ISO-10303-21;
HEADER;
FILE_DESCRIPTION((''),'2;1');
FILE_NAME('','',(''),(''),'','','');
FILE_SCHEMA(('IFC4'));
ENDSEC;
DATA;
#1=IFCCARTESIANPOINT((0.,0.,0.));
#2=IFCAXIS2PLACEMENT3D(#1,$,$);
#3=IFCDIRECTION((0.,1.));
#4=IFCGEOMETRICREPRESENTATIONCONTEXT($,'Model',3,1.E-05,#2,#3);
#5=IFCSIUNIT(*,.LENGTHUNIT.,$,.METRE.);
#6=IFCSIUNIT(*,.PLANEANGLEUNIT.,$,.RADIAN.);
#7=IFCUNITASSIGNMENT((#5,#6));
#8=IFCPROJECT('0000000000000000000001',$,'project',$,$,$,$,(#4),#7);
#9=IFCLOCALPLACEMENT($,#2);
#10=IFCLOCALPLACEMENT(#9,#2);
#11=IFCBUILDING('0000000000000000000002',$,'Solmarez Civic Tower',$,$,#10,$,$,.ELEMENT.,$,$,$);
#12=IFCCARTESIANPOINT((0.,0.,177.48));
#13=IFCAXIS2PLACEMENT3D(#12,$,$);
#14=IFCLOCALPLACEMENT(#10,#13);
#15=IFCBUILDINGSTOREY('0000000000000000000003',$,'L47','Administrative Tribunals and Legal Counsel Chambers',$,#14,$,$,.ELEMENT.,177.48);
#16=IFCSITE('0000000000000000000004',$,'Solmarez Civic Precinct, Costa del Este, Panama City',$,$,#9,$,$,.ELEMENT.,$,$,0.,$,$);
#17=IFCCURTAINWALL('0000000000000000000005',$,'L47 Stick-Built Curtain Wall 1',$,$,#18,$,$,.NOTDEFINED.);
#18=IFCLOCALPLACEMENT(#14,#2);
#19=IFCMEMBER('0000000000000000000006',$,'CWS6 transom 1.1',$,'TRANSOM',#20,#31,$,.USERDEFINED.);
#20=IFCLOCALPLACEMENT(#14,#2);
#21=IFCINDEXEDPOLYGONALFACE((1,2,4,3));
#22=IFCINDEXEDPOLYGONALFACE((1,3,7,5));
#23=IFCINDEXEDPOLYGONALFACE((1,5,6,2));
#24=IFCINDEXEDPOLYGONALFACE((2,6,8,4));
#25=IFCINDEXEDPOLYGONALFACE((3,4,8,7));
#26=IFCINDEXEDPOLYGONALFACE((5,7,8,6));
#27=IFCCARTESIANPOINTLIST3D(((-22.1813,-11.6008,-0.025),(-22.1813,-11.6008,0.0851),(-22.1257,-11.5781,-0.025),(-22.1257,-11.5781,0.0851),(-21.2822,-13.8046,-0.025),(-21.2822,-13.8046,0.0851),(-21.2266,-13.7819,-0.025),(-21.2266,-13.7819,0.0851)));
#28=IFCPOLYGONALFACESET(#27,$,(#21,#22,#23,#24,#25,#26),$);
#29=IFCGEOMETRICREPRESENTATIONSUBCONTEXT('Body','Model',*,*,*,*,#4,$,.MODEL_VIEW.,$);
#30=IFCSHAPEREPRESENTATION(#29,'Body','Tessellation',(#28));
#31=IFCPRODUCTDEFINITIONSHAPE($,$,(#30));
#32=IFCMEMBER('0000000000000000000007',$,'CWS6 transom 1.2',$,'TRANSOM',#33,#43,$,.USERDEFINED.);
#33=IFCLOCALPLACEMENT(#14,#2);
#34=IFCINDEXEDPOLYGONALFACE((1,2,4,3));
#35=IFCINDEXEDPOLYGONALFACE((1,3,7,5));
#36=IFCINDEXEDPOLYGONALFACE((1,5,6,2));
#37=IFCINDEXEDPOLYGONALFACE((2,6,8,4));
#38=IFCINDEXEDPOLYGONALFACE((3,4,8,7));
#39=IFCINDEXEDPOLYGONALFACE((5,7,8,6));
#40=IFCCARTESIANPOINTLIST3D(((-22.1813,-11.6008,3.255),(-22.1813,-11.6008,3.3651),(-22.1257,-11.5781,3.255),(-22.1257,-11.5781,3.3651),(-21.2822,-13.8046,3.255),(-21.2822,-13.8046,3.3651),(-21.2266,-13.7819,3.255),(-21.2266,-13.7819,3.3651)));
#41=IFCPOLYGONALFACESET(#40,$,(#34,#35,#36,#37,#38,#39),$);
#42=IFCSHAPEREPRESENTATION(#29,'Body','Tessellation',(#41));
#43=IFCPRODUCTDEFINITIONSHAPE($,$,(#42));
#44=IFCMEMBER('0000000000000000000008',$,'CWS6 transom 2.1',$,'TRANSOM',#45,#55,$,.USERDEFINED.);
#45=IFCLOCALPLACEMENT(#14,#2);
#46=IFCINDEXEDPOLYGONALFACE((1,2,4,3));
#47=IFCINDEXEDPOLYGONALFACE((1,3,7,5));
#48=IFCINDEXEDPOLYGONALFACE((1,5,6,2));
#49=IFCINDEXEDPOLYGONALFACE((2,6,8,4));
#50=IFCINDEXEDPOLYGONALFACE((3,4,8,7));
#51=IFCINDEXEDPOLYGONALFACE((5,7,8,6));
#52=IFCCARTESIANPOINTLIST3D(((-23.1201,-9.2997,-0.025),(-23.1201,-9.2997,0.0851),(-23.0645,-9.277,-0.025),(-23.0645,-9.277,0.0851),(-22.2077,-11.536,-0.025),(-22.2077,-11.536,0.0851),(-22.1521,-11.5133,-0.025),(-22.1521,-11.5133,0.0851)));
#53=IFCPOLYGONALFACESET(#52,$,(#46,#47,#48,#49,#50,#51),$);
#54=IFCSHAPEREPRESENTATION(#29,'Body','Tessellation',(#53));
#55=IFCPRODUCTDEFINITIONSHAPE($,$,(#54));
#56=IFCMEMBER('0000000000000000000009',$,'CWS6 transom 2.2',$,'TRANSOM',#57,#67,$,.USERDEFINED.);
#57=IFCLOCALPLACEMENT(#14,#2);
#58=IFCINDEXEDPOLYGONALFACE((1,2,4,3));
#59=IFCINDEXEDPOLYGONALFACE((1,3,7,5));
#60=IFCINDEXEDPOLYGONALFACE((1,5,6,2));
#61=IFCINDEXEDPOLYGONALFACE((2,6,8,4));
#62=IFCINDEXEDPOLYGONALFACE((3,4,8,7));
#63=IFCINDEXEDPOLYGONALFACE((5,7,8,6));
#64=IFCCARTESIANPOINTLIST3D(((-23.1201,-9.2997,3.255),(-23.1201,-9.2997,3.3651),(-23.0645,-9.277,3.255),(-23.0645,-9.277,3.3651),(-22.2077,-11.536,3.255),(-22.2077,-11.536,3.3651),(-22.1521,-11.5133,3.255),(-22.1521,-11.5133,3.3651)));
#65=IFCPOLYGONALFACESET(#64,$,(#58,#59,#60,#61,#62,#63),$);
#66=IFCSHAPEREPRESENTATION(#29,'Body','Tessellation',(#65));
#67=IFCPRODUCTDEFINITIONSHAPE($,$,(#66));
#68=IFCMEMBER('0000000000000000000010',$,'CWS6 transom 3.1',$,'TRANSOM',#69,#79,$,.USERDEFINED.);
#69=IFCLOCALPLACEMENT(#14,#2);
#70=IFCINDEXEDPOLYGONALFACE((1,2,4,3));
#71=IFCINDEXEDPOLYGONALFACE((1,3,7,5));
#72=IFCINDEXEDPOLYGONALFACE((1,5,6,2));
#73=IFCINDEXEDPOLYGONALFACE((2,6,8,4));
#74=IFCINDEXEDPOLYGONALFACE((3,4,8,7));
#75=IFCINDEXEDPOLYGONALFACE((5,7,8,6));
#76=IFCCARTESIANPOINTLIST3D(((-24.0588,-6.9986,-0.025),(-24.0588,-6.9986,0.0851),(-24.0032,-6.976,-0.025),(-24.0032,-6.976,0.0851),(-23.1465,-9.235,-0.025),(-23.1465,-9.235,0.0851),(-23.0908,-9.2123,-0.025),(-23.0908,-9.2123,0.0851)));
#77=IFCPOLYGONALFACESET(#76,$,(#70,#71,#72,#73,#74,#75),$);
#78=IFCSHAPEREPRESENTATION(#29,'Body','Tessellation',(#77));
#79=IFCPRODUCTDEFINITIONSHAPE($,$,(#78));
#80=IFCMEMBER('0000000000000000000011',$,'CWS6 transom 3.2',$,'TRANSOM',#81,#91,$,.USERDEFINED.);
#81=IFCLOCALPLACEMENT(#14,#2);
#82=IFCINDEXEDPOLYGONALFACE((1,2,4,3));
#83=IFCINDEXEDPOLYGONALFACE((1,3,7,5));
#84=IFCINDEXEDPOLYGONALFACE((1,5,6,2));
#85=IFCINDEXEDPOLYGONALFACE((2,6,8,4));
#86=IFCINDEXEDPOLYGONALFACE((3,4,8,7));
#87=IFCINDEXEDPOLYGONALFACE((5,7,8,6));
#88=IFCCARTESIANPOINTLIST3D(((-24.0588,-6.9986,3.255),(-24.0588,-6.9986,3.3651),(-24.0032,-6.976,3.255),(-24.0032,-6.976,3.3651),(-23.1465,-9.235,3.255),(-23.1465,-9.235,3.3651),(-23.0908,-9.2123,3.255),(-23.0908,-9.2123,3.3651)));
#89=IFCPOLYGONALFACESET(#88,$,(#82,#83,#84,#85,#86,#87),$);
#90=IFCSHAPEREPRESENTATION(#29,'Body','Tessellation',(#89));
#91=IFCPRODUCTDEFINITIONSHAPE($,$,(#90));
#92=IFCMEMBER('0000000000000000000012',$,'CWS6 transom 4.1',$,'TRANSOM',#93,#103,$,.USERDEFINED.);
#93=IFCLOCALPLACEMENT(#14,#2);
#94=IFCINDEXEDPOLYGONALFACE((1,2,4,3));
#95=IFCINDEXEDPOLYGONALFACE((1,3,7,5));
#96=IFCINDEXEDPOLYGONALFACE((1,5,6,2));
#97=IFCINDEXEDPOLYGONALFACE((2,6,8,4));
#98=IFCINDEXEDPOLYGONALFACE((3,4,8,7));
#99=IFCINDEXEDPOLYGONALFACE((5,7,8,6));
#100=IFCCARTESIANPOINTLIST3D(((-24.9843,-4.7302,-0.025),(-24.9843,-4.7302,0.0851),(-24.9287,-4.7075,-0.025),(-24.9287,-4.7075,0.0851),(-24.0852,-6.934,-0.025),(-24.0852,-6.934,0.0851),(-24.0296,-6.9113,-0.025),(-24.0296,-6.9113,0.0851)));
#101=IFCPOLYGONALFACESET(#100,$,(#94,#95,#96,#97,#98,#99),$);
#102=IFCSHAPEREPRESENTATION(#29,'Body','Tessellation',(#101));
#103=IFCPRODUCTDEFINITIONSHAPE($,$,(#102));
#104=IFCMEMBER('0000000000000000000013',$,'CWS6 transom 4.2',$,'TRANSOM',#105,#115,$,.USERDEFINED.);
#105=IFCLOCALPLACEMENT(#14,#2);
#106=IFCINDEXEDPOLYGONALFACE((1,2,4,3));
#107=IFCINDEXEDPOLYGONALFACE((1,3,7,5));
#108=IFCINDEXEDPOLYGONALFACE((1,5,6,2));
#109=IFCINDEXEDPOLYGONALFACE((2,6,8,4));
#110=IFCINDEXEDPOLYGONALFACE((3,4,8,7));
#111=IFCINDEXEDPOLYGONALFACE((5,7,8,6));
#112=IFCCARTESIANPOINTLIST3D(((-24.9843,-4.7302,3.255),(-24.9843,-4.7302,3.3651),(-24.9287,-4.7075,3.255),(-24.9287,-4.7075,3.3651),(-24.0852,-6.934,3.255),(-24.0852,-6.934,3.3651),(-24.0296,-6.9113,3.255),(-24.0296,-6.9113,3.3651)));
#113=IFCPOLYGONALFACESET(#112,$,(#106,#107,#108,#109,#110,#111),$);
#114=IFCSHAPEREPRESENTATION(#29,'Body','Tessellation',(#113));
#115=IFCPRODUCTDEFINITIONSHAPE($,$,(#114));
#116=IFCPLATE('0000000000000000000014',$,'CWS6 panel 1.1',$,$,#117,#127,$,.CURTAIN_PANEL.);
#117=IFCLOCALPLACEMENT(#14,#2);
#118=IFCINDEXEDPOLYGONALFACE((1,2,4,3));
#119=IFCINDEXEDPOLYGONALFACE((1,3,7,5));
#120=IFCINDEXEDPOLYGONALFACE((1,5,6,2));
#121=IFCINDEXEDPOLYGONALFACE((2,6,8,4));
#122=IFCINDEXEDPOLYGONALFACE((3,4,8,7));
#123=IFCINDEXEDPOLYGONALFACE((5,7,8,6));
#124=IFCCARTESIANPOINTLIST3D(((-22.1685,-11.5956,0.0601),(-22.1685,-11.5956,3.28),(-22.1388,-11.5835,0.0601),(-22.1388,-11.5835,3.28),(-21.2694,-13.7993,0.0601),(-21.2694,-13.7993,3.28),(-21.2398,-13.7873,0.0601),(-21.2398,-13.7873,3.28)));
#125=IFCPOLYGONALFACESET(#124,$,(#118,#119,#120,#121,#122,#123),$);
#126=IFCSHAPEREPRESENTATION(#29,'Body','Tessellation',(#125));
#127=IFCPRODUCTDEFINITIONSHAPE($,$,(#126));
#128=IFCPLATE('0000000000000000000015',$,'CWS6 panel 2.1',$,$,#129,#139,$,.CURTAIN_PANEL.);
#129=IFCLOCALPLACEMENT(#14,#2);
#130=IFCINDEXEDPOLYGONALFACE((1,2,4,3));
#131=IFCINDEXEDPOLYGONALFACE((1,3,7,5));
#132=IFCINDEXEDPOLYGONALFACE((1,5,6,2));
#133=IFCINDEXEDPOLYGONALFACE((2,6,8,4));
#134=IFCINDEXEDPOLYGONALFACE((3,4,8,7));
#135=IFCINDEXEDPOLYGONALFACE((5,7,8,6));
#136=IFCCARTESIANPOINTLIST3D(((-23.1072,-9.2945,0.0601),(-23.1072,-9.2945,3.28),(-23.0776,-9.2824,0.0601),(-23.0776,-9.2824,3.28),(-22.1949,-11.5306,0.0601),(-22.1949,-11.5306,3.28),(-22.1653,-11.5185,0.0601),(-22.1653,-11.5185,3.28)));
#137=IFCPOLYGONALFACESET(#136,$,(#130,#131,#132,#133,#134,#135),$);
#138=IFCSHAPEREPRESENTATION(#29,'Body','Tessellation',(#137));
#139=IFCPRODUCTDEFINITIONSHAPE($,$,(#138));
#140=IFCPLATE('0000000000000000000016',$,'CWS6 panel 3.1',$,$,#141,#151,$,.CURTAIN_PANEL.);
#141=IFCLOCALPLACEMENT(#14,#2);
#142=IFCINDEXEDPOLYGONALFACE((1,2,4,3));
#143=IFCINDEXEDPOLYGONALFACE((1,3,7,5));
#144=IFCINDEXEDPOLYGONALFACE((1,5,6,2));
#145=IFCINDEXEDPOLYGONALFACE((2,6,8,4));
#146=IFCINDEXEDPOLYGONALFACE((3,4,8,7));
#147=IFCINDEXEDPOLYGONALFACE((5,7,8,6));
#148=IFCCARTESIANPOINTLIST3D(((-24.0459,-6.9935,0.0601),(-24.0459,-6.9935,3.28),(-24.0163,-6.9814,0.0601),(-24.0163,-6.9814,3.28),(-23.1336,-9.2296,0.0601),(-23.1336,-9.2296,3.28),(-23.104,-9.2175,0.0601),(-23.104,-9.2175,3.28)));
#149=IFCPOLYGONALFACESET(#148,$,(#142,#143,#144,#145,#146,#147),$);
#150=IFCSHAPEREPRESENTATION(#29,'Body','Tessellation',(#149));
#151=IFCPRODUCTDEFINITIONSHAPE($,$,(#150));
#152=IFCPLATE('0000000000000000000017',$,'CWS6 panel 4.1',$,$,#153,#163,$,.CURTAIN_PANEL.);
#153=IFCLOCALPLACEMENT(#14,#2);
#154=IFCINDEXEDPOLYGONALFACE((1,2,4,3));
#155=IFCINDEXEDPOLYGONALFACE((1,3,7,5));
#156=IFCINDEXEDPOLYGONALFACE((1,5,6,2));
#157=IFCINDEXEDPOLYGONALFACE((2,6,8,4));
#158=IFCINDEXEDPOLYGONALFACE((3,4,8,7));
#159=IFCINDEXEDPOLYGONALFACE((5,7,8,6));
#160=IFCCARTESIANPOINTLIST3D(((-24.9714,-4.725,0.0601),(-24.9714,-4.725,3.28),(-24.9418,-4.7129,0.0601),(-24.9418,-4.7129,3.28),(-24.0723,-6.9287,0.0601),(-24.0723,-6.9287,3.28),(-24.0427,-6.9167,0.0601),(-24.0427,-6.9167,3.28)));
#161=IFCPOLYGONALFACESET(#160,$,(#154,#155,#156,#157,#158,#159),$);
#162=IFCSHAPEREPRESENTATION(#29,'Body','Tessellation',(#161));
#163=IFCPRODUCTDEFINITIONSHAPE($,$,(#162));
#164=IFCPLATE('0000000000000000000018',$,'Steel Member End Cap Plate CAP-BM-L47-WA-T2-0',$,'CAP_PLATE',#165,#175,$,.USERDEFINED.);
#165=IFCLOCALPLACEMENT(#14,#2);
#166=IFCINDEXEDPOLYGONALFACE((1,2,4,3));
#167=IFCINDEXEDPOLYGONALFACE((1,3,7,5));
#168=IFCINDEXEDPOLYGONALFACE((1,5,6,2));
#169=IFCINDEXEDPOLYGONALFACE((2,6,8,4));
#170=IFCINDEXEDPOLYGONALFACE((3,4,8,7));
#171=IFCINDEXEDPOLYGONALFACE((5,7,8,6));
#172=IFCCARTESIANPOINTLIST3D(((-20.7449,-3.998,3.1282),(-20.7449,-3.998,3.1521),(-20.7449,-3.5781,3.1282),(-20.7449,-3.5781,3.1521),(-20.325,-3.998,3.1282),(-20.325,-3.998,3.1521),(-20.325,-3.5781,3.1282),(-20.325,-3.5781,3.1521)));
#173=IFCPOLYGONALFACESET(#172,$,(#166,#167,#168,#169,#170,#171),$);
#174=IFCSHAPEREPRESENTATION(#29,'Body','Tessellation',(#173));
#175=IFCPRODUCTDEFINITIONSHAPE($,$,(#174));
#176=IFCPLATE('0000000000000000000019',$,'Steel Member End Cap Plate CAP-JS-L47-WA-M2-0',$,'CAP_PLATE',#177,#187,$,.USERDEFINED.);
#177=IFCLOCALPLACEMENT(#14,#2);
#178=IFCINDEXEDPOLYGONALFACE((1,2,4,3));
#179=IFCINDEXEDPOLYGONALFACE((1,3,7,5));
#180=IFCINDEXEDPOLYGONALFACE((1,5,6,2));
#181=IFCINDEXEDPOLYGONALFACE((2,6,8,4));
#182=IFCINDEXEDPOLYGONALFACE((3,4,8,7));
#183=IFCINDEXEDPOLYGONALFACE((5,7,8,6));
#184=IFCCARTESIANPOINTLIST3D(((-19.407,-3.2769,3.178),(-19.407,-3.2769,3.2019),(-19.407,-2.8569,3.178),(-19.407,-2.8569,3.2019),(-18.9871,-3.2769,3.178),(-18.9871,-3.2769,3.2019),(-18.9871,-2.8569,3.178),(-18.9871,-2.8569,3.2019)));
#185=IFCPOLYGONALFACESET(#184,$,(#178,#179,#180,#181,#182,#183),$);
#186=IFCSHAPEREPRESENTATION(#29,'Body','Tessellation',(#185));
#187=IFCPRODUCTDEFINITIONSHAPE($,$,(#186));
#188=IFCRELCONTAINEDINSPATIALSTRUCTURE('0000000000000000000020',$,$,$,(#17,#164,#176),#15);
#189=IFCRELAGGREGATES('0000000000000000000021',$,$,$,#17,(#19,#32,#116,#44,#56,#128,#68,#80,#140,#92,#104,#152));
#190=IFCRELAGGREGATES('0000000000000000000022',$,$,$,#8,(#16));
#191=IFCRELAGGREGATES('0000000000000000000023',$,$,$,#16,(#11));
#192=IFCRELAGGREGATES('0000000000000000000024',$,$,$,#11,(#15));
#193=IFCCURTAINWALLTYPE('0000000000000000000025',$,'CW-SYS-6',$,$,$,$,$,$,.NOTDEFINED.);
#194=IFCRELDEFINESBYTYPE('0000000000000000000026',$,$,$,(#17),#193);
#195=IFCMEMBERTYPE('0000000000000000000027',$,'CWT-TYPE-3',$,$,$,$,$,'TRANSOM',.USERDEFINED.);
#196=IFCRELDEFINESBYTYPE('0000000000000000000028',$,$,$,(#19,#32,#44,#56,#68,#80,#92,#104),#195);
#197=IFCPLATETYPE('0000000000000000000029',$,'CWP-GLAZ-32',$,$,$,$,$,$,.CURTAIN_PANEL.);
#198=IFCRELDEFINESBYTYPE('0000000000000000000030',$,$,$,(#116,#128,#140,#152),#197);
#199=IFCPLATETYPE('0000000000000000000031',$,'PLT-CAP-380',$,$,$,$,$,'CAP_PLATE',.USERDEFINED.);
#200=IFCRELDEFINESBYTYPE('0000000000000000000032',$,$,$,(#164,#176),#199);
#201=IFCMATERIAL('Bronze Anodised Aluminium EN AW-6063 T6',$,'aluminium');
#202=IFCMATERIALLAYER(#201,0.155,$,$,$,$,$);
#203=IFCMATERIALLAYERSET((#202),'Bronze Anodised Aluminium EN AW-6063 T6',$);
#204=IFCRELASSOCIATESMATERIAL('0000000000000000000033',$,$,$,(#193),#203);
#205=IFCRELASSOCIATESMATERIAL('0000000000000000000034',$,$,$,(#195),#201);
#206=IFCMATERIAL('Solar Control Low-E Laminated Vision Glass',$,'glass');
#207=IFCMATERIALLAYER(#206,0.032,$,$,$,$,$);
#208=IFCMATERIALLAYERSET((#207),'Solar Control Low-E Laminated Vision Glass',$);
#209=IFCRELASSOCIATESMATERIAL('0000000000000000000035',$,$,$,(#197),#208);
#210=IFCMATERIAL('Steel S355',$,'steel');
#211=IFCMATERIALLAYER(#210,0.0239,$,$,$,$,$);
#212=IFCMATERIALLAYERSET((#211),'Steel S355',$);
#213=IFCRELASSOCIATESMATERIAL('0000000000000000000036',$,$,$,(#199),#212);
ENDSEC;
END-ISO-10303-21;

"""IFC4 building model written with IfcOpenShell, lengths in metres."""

from ifc_helpers import new_model, si_unit, direction, frame, origin, origin_2d, place, context, subcontext, project, spatial, rectangle, extrude, material, layer, layer_set, material_profile, profile_set, type_object, element, aggregate, save


model = new_model("IFC4")

# Units and contexts
model_context = context("Model", 3, precision=1e-05, world=origin(), true_north=direction((0.0, 1.0)))
body_context = subcontext(model_context, "Body", "Model", "MODEL_VIEW")
ifc_project = project(units=[si_unit("LENGTHUNIT", "METRE"), si_unit("PLANEANGLEUNIT", "RADIAN")], contexts=[model_context])

# Site, building, storey
site_placement = place(None, origin())
site = spatial("IfcSite", under=ifc_project, at=site_placement, Name="Solmarez Civic Precinct, Costa del Este, Panama City", CompositionType="ELEMENT", RefElevation=0.0)
building_placement = place(site_placement, origin())
building = spatial("IfcBuilding", under=site, at=building_placement, Name="Solmarez Civic Tower", CompositionType="ELEMENT")
storey_placement = place(building_placement, frame((0.0, 0.0, 177.48)))
storey = spatial("IfcBuildingStorey", under=building, at=storey_placement, Name="L47", Description="Administrative Tribunals and Legal Counsel Chambers", CompositionType="ELEMENT", Elevation=177.48)

# Shared definitions
ifc_material_1 = material(Name="Steel S355", Category="steel")

# Curtain wall, members, plates
ifc_material_2 = material(Name="Bronze Anodised Aluminium EN AW-6063 T6", Category="aluminium")
ifc_layer_1 = layer(ifc_material_2, 0.155)
ifc_layer_set_1 = layer_set([ifc_layer_1], Name="Bronze Anodised Aluminium EN AW-6063 T6")
curtain_wall_type = type_object("IfcCurtainWallType", Name="CW-SYS-6", PredefinedType="NOTDEFINED", material=ifc_layer_set_1)
curtain_wall_placement = place(storey_placement, origin())
curtain_wall = element("IfcCurtainWall", 1, at=curtain_wall_placement, inside=storey, type_object=curtain_wall_type, Name="L47 Stick-Built Curtain Wall 1", PredefinedType="NOTDEFINED")
ifc_material_profile_1 = material_profile(ifc_material_2, rectangle(XDim=0.0601, YDim=0.1101, at=origin_2d()), Name="CWT-60X110")
ifc_profile_set_1 = profile_set([ifc_material_profile_1], Name="Bronze Anodised Aluminium EN AW-6063 T6")
member_type_1 = type_object("IfcMemberType", Name="CWT-TYPE-3", ElementType="TRANSOM", PredefinedType="USERDEFINED", material=ifc_profile_set_1)
member_1_placement = place(storey_placement, frame((-21.2544, -13.7932, 0.03), z_axis=(-0.377766, 0.925901, 0.0), x_axis=(-0.925901, -0.377766, 0.0)))
member_1 = element("IfcMember", 2, at=member_1_placement, type_object=member_type_1, Name="CWS6 transom 1.1", ObjectType="TRANSOM", PredefinedType="USERDEFINED", context=body_context, shape_type="SweptSolid", body=[
    extrude(rectangle(XDim=0.0601, YDim=0.1101, at=origin_2d()), origin(), (0.0, 0.0, 1.0), 2.3801),
])
member_2_placement = place(storey_placement, frame((-21.2544, -13.7932, 3.3101), z_axis=(-0.377766, 0.925901, 0.0), x_axis=(-0.925901, -0.377766, 0.0)))
member_2 = element("IfcMember", 3, at=member_2_placement, type_object=member_type_1, Name="CWS6 transom 1.2", ObjectType="TRANSOM", PredefinedType="USERDEFINED", context=body_context, shape_type="SweptSolid", body=[
    extrude(rectangle(XDim=0.0601, YDim=0.1101, at=origin_2d()), origin(), (0.0, 0.0, 1.0), 2.3801),
])
member_3_placement = place(storey_placement, frame((-22.1799, -11.5247, 0.03), z_axis=(-0.377743, 0.92591, 0.0), x_axis=(-0.92591, -0.377743, 0.0)))
member_3 = element("IfcMember", 4, at=member_3_placement, type_object=member_type_1, Name="CWS6 transom 2.1", ObjectType="TRANSOM", PredefinedType="USERDEFINED", context=body_context, shape_type="SweptSolid", body=[
    extrude(rectangle(XDim=0.0601, YDim=0.1101, at=origin_2d()), origin(), (0.0, 0.0, 1.0), 2.4153),
])
member_4_placement = place(storey_placement, frame((-22.1799, -11.5247, 3.3101), z_axis=(-0.377743, 0.92591, 0.0), x_axis=(-0.92591, -0.377743, 0.0)))
member_4 = element("IfcMember", 5, at=member_4_placement, type_object=member_type_1, Name="CWS6 transom 2.2", ObjectType="TRANSOM", PredefinedType="USERDEFINED", context=body_context, shape_type="SweptSolid", body=[
    extrude(rectangle(XDim=0.0601, YDim=0.1101, at=origin_2d()), origin(), (0.0, 0.0, 1.0), 2.4153),
])
member_5_placement = place(storey_placement, frame((-23.1187, -9.2236, 0.03), z_axis=(-0.377743, 0.92591, 0.0), x_axis=(-0.92591, -0.377743, 0.0)))
member_5 = element("IfcMember", 6, at=member_5_placement, type_object=member_type_1, Name="CWS6 transom 3.1", ObjectType="TRANSOM", PredefinedType="USERDEFINED", context=body_context, shape_type="SweptSolid", body=[
    extrude(rectangle(XDim=0.0601, YDim=0.1101, at=origin_2d()), origin(), (0.0, 0.0, 1.0), 2.4153),
])
member_6_placement = place(storey_placement, frame((-23.1187, -9.2236, 3.3101), z_axis=(-0.377743, 0.92591, 0.0), x_axis=(-0.92591, -0.377743, 0.0)))
member_6 = element("IfcMember", 7, at=member_6_placement, type_object=member_type_1, Name="CWS6 transom 3.2", ObjectType="TRANSOM", PredefinedType="USERDEFINED", context=body_context, shape_type="SweptSolid", body=[
    extrude(rectangle(XDim=0.0601, YDim=0.1101, at=origin_2d()), origin(), (0.0, 0.0, 1.0), 2.4153),
])
member_7_placement = place(storey_placement, frame((-24.0574, -6.9226, 0.03), z_axis=(-0.377766, 0.925901, 0.0), x_axis=(-0.925901, -0.377766, 0.0)))
member_7 = element("IfcMember", 8, at=member_7_placement, type_object=member_type_1, Name="CWS6 transom 4.1", ObjectType="TRANSOM", PredefinedType="USERDEFINED", context=body_context, shape_type="SweptSolid", body=[
    extrude(rectangle(XDim=0.0601, YDim=0.1101, at=origin_2d()), origin(), (0.0, 0.0, 1.0), 2.3801),
])
member_8_placement = place(storey_placement, frame((-24.0574, -6.9226, 3.3101), z_axis=(-0.377766, 0.925901, 0.0), x_axis=(-0.925901, -0.377766, 0.0)))
member_8 = element("IfcMember", 9, at=member_8_placement, type_object=member_type_1, Name="CWS6 transom 4.2", ObjectType="TRANSOM", PredefinedType="USERDEFINED", context=body_context, shape_type="SweptSolid", body=[
    extrude(rectangle(XDim=0.0601, YDim=0.1101, at=origin_2d()), origin(), (0.0, 0.0, 1.0), 2.3801),
])
ifc_material_3 = material(Name="Solar Control Low-E Laminated Vision Glass", Category="glass")
ifc_layer_2 = layer(ifc_material_3, 0.032)
ifc_layer_set_2 = layer_set([ifc_layer_2], Name="Solar Control Low-E Laminated Vision Glass")
plate_type_1 = type_object("IfcPlateType", Name="CWP-GLAZ-32", PredefinedType="CURTAIN_PANEL", material=ifc_layer_set_2)
plate_1_placement = place(storey_placement, frame((-21.7041, -12.6914, 0.0601), z_axis=(0.0, 0.0, 1.0), x_axis=(-0.377747, 0.925909, 0.0)))
plate_1 = element("IfcPlate", 10, at=plate_1_placement, type_object=plate_type_1, Name="CWS6 panel 1.1", PredefinedType="CURTAIN_PANEL", context=body_context, shape_type="SweptSolid", body=[
    extrude(rectangle(XDim=2.3801, YDim=0.032, at=origin_2d()), origin(), (0.0, 0.0, 1.0), 3.22),
])
plate_2_placement = place(storey_placement, frame((-22.6362, -10.4065, 0.0601), z_axis=(0.0, 0.0, 1.0), x_axis=(-0.377747, 0.925909, 0.0)))
plate_2 = element("IfcPlate", 11, at=plate_2_placement, type_object=plate_type_1, Name="CWS6 panel 2.1", PredefinedType="CURTAIN_PANEL", context=body_context, shape_type="SweptSolid", body=[
    extrude(rectangle(XDim=2.415, YDim=0.032, at=origin_2d()), origin(), (0.0, 0.0, 1.0), 3.22),
])
plate_3_placement = place(storey_placement, frame((-23.575, -8.1055, 0.0601), z_axis=(0.0, 0.0, 1.0), x_axis=(-0.377747, 0.925909, 0.0)))
plate_3 = element("IfcPlate", 12, at=plate_3_placement, type_object=plate_type_1, Name="CWS6 panel 3.1", PredefinedType="CURTAIN_PANEL", context=body_context, shape_type="SweptSolid", body=[
    extrude(rectangle(XDim=2.415, YDim=0.032, at=origin_2d()), origin(), (0.0, 0.0, 1.0), 3.22),
])
plate_4_placement = place(storey_placement, frame((-24.5071, -5.8208, 0.0601), z_axis=(0.0, 0.0, 1.0), x_axis=(-0.377747, 0.925909, 0.0)))
plate_4 = element("IfcPlate", 13, at=plate_4_placement, type_object=plate_type_1, Name="CWS6 panel 4.1", PredefinedType="CURTAIN_PANEL", context=body_context, shape_type="SweptSolid", body=[
    extrude(rectangle(XDim=2.3801, YDim=0.032, at=origin_2d()), origin(), (0.0, 0.0, 1.0), 3.22),
])
aggregate(curtain_wall, [member_1, member_2, plate_1, member_3, member_4, plate_2, member_5, member_6, plate_3, member_7, member_8, plate_4])

# Plates
ifc_layer_3 = layer(ifc_material_1, 0.0239)
ifc_layer_set_3 = layer_set([ifc_layer_3], Name="Steel S355")
plate_type_2 = type_object("IfcPlateType", Name="PLT-CAP-380", ElementType="CAP_PLATE", PredefinedType="USERDEFINED", material=ifc_layer_set_3)
for number, where, z_axis, x_axis, name in (
    (14, (-20.5349, -3.7881, 3.1282), (0.0, 0.0, 1.0), (1.0, 0.0, 0.0), "Steel Member End Cap Plate CAP-BM-L47-WA-T2-0"),
    (15, (-19.197, -3.0669, 3.178), (0.0, 0.0, 1.0), (1.0, 0.0, 0.0), "Steel Member End Cap Plate CAP-JS-L47-WA-M2-0"),
):
    element("IfcPlate", number, at=place(storey_placement, frame(where, z_axis=z_axis, x_axis=x_axis)), inside=storey, type_object=plate_type_2, Name=name, ObjectType="CAP_PLATE", PredefinedType="USERDEFINED", context=body_context, shape_type="SweptSolid", body=[
        extrude(rectangle(XDim=0.4199, YDim=0.4199, at=origin_2d()), origin(), (0.0, 0.0, 1.0), 0.0239),
    ])

save(model, "model.ifc")
